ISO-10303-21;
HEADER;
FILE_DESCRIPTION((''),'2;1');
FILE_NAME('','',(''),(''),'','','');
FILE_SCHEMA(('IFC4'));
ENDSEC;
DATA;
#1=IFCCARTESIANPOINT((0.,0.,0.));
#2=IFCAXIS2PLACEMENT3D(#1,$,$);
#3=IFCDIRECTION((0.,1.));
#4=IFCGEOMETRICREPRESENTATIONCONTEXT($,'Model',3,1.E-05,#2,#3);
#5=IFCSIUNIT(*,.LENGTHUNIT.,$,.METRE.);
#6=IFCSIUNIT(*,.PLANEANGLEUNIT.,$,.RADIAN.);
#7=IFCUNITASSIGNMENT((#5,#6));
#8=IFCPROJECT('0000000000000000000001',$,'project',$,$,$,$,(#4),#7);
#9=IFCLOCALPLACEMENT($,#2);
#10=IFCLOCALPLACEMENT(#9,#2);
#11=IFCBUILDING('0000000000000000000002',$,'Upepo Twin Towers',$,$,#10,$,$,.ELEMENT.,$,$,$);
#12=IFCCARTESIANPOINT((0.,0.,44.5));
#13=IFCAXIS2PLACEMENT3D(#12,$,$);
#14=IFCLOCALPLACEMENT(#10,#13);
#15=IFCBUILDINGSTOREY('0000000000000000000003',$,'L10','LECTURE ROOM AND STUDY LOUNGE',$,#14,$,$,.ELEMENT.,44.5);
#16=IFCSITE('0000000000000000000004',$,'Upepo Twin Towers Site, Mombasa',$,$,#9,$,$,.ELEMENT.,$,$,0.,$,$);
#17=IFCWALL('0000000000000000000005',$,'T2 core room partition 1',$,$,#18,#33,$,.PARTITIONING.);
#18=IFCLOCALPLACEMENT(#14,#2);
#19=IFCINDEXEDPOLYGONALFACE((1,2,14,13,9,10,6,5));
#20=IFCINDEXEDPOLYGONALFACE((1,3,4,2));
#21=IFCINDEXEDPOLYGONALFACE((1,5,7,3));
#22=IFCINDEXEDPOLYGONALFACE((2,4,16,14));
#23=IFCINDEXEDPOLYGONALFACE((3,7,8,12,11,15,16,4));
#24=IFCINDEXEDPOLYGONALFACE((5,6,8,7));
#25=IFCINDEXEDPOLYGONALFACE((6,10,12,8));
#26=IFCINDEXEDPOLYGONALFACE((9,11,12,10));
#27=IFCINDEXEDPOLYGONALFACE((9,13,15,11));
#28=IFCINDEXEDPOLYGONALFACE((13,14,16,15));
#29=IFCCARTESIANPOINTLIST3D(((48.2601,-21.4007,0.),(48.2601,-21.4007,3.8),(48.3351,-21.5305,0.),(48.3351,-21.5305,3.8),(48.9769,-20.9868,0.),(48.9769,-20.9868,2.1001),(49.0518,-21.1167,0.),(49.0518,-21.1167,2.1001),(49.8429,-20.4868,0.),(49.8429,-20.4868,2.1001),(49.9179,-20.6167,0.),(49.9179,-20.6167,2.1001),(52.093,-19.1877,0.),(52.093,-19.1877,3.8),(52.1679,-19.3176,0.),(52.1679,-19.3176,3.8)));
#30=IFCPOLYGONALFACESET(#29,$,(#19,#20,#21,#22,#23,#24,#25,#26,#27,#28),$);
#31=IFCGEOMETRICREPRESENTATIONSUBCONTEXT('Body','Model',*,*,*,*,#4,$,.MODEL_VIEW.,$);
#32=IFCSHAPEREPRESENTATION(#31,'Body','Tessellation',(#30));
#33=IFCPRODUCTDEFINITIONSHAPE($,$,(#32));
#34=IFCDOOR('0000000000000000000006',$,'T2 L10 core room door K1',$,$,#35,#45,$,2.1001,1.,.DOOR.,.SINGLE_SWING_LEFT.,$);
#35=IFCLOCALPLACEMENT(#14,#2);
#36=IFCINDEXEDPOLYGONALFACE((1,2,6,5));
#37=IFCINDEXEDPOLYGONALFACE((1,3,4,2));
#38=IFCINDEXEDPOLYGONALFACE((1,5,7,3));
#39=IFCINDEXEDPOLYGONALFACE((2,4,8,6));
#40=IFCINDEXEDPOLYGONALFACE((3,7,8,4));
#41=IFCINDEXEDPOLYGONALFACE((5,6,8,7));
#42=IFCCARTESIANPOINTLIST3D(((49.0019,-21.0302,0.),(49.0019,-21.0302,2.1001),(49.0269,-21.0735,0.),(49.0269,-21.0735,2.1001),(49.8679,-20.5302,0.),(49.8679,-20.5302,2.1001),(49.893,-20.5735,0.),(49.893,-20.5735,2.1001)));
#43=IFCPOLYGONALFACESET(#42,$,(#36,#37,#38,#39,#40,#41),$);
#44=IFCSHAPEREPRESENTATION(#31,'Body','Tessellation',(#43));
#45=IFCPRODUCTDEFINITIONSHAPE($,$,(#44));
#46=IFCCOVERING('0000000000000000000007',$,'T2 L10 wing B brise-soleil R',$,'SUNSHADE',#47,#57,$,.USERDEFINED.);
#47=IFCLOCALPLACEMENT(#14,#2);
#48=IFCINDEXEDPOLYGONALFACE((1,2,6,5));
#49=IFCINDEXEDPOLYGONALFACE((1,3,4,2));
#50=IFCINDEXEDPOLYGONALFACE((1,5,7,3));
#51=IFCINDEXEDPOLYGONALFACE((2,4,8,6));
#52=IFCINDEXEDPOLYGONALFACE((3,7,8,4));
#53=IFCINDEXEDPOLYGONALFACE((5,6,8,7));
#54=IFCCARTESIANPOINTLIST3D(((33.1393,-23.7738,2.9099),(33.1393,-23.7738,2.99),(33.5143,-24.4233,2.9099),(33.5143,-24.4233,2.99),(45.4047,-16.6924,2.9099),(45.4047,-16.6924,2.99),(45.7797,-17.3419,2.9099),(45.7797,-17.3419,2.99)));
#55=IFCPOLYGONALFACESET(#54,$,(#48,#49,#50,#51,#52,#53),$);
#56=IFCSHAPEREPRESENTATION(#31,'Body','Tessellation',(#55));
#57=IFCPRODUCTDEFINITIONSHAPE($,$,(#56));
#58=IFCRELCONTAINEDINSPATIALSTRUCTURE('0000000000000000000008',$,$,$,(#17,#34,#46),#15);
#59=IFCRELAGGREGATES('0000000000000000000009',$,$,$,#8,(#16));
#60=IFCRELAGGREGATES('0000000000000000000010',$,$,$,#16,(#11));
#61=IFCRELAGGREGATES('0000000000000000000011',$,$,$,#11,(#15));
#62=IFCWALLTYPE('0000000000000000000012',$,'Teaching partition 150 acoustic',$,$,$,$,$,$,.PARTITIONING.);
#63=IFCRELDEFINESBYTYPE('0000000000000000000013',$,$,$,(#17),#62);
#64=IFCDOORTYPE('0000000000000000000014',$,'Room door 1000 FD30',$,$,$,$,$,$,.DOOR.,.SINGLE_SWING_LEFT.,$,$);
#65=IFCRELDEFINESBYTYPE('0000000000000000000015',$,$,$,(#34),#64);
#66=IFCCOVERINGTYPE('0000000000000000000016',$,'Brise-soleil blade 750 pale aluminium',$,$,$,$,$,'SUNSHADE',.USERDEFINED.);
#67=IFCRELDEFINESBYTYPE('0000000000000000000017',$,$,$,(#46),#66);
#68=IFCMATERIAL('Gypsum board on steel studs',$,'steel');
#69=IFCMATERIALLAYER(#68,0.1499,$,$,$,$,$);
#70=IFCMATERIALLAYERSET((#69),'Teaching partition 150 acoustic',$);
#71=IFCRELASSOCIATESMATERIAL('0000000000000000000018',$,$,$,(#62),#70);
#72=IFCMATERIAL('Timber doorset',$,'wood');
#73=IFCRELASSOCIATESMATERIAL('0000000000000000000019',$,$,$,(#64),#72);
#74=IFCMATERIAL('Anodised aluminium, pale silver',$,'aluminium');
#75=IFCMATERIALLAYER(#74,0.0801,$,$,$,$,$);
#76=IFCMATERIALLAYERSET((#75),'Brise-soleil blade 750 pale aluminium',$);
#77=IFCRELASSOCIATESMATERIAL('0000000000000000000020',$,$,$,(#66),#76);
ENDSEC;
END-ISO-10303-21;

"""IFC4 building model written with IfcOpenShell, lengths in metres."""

from ifc_helpers import new_model, si_unit, direction, frame, frame_2d, origin, origin_2d, place, context, subcontext, project, spatial, rectangle, extrude, material, layer, layer_set, type_object, element, fill, save


model = new_model("IFC4")

# Units and contexts
model_context = context("Model", 3, precision=1e-05, world=origin(), true_north=direction((0.0, 1.0)))
body_context = subcontext(model_context, "Body", "Model", "MODEL_VIEW")
ifc_project = project(units=[si_unit("LENGTHUNIT", "METRE"), si_unit("PLANEANGLEUNIT", "RADIAN")], contexts=[model_context])

# Site, building, storey
site_placement = place(None, origin())
site = spatial("IfcSite", under=ifc_project, at=site_placement, Name="Upepo Twin Towers Site, Mombasa", CompositionType="ELEMENT", RefElevation=0.0)
building_placement = place(site_placement, origin())
building = spatial("IfcBuilding", under=site, at=building_placement, Name="Upepo Twin Towers", CompositionType="ELEMENT")
storey_placement = place(building_placement, frame((0.0, 0.0, 44.5)))
storey = spatial("IfcBuildingStorey", under=building, at=storey_placement, Name="L10", Description="LECTURE ROOM AND STUDY LOUNGE", CompositionType="ELEMENT", Elevation=44.5)

# Wall, opening, door
ifc_material_1 = material(Name="Gypsum board on steel studs", Category="steel")
ifc_layer_1 = layer(ifc_material_1, 0.1499)
ifc_layer_set_1 = layer_set([ifc_layer_1], Name="Teaching partition 150 acoustic")
wall_type_1 = type_object("IfcWallType", Name="Teaching partition 150 acoustic", PredefinedType="PARTITIONING", material=ifc_layer_set_1)
wall_1_placement = place(storey_placement, frame((48.2976, -21.4656, 0.0), z_axis=(0.0, 0.0, 1.0), x_axis=(0.866021, 0.500007, 0.0)))
wall_1 = element("IfcWall", 1, at=wall_1_placement, inside=storey, type_object=wall_type_1, Name="T2 core room partition 1", PredefinedType="PARTITIONING", context=body_context, shape_type="SweptSolid", body=[
    extrude(rectangle(XDim=4.4258, YDim=0.1499, at=frame_2d((2.2129, 0.0))), origin(), (0.0, 0.0, 1.0), 3.8),
])
opening_placement = place(wall_1_placement, frame((0.8276, 0.0, 0.0)))
opening = element("IfcOpeningElement", 2, at=opening_placement, cuts=wall_1, PredefinedType="OPENING", context=body_context, shape_type="SweptSolid", body=[
    extrude(rectangle(XDim=1.0, YDim=2.1001, at=frame_2d((0.5, 1.05))), frame((0.0, 0.085, 0.0), z_axis=(0.0, -1.0, 0.0), x_axis=(1.0, 0.0, 0.0)), (0.0, 0.0, 1.0), 0.1699),
])
ifc_material_2 = material(Name="Timber doorset", Category="wood")
door_type = type_object("IfcDoorType", Name="Room door 1000 FD30", OperationType="SINGLE_SWING_LEFT", PredefinedType="DOOR", material=ifc_material_2)
door_placement = place(opening_placement, origin())
door = element("IfcDoor", 3, at=door_placement, inside=storey, type_object=door_type, Name="T2 L10 core room door K1", OperationType="SINGLE_SWING_LEFT", OverallHeight=2.1001, OverallWidth=1.0, PredefinedType="DOOR", context=body_context, shape_type="SweptSolid", body=[
    extrude(rectangle(XDim=1.0, YDim=2.1001, at=frame_2d((0.5, 1.05))), frame((0.0, 0.0249, 0.0), z_axis=(0.0, -1.0, 0.0), x_axis=(1.0, 0.0, 0.0)), (0.0, 0.0, 1.0), 0.05),
])
fill(opening, door)

# Covering
ifc_material_3 = material(Name="Anodised aluminium, pale silver", Category="aluminium")
ifc_layer_2 = layer(ifc_material_3, 0.0801)
ifc_layer_set_2 = layer_set([ifc_layer_2], Name="Brise-soleil blade 750 pale aluminium")
covering_type = type_object("IfcCoveringType", Name="Brise-soleil blade 750 pale aluminium", ElementType="SUNSHADE", PredefinedType="USERDEFINED", material=ifc_layer_set_2)
covering_placement = place(storey_placement, frame((39.4595, -20.5579, 2.9099), z_axis=(0.0, 0.0, 1.0), x_axis=(-0.866025, -0.5, 0.0)))
element("IfcCovering", 4, at=covering_placement, inside=storey, type_object=covering_type, Name="T2 L10 wing B brise-soleil R", ObjectType="SUNSHADE", PredefinedType="USERDEFINED", context=body_context, shape_type="SweptSolid", body=[
    extrude(rectangle(XDim=14.1628, YDim=0.75, at=origin_2d()), origin(), (0.0, 0.0, 1.0), 0.0801),
])

save(model, "model.ifc")
